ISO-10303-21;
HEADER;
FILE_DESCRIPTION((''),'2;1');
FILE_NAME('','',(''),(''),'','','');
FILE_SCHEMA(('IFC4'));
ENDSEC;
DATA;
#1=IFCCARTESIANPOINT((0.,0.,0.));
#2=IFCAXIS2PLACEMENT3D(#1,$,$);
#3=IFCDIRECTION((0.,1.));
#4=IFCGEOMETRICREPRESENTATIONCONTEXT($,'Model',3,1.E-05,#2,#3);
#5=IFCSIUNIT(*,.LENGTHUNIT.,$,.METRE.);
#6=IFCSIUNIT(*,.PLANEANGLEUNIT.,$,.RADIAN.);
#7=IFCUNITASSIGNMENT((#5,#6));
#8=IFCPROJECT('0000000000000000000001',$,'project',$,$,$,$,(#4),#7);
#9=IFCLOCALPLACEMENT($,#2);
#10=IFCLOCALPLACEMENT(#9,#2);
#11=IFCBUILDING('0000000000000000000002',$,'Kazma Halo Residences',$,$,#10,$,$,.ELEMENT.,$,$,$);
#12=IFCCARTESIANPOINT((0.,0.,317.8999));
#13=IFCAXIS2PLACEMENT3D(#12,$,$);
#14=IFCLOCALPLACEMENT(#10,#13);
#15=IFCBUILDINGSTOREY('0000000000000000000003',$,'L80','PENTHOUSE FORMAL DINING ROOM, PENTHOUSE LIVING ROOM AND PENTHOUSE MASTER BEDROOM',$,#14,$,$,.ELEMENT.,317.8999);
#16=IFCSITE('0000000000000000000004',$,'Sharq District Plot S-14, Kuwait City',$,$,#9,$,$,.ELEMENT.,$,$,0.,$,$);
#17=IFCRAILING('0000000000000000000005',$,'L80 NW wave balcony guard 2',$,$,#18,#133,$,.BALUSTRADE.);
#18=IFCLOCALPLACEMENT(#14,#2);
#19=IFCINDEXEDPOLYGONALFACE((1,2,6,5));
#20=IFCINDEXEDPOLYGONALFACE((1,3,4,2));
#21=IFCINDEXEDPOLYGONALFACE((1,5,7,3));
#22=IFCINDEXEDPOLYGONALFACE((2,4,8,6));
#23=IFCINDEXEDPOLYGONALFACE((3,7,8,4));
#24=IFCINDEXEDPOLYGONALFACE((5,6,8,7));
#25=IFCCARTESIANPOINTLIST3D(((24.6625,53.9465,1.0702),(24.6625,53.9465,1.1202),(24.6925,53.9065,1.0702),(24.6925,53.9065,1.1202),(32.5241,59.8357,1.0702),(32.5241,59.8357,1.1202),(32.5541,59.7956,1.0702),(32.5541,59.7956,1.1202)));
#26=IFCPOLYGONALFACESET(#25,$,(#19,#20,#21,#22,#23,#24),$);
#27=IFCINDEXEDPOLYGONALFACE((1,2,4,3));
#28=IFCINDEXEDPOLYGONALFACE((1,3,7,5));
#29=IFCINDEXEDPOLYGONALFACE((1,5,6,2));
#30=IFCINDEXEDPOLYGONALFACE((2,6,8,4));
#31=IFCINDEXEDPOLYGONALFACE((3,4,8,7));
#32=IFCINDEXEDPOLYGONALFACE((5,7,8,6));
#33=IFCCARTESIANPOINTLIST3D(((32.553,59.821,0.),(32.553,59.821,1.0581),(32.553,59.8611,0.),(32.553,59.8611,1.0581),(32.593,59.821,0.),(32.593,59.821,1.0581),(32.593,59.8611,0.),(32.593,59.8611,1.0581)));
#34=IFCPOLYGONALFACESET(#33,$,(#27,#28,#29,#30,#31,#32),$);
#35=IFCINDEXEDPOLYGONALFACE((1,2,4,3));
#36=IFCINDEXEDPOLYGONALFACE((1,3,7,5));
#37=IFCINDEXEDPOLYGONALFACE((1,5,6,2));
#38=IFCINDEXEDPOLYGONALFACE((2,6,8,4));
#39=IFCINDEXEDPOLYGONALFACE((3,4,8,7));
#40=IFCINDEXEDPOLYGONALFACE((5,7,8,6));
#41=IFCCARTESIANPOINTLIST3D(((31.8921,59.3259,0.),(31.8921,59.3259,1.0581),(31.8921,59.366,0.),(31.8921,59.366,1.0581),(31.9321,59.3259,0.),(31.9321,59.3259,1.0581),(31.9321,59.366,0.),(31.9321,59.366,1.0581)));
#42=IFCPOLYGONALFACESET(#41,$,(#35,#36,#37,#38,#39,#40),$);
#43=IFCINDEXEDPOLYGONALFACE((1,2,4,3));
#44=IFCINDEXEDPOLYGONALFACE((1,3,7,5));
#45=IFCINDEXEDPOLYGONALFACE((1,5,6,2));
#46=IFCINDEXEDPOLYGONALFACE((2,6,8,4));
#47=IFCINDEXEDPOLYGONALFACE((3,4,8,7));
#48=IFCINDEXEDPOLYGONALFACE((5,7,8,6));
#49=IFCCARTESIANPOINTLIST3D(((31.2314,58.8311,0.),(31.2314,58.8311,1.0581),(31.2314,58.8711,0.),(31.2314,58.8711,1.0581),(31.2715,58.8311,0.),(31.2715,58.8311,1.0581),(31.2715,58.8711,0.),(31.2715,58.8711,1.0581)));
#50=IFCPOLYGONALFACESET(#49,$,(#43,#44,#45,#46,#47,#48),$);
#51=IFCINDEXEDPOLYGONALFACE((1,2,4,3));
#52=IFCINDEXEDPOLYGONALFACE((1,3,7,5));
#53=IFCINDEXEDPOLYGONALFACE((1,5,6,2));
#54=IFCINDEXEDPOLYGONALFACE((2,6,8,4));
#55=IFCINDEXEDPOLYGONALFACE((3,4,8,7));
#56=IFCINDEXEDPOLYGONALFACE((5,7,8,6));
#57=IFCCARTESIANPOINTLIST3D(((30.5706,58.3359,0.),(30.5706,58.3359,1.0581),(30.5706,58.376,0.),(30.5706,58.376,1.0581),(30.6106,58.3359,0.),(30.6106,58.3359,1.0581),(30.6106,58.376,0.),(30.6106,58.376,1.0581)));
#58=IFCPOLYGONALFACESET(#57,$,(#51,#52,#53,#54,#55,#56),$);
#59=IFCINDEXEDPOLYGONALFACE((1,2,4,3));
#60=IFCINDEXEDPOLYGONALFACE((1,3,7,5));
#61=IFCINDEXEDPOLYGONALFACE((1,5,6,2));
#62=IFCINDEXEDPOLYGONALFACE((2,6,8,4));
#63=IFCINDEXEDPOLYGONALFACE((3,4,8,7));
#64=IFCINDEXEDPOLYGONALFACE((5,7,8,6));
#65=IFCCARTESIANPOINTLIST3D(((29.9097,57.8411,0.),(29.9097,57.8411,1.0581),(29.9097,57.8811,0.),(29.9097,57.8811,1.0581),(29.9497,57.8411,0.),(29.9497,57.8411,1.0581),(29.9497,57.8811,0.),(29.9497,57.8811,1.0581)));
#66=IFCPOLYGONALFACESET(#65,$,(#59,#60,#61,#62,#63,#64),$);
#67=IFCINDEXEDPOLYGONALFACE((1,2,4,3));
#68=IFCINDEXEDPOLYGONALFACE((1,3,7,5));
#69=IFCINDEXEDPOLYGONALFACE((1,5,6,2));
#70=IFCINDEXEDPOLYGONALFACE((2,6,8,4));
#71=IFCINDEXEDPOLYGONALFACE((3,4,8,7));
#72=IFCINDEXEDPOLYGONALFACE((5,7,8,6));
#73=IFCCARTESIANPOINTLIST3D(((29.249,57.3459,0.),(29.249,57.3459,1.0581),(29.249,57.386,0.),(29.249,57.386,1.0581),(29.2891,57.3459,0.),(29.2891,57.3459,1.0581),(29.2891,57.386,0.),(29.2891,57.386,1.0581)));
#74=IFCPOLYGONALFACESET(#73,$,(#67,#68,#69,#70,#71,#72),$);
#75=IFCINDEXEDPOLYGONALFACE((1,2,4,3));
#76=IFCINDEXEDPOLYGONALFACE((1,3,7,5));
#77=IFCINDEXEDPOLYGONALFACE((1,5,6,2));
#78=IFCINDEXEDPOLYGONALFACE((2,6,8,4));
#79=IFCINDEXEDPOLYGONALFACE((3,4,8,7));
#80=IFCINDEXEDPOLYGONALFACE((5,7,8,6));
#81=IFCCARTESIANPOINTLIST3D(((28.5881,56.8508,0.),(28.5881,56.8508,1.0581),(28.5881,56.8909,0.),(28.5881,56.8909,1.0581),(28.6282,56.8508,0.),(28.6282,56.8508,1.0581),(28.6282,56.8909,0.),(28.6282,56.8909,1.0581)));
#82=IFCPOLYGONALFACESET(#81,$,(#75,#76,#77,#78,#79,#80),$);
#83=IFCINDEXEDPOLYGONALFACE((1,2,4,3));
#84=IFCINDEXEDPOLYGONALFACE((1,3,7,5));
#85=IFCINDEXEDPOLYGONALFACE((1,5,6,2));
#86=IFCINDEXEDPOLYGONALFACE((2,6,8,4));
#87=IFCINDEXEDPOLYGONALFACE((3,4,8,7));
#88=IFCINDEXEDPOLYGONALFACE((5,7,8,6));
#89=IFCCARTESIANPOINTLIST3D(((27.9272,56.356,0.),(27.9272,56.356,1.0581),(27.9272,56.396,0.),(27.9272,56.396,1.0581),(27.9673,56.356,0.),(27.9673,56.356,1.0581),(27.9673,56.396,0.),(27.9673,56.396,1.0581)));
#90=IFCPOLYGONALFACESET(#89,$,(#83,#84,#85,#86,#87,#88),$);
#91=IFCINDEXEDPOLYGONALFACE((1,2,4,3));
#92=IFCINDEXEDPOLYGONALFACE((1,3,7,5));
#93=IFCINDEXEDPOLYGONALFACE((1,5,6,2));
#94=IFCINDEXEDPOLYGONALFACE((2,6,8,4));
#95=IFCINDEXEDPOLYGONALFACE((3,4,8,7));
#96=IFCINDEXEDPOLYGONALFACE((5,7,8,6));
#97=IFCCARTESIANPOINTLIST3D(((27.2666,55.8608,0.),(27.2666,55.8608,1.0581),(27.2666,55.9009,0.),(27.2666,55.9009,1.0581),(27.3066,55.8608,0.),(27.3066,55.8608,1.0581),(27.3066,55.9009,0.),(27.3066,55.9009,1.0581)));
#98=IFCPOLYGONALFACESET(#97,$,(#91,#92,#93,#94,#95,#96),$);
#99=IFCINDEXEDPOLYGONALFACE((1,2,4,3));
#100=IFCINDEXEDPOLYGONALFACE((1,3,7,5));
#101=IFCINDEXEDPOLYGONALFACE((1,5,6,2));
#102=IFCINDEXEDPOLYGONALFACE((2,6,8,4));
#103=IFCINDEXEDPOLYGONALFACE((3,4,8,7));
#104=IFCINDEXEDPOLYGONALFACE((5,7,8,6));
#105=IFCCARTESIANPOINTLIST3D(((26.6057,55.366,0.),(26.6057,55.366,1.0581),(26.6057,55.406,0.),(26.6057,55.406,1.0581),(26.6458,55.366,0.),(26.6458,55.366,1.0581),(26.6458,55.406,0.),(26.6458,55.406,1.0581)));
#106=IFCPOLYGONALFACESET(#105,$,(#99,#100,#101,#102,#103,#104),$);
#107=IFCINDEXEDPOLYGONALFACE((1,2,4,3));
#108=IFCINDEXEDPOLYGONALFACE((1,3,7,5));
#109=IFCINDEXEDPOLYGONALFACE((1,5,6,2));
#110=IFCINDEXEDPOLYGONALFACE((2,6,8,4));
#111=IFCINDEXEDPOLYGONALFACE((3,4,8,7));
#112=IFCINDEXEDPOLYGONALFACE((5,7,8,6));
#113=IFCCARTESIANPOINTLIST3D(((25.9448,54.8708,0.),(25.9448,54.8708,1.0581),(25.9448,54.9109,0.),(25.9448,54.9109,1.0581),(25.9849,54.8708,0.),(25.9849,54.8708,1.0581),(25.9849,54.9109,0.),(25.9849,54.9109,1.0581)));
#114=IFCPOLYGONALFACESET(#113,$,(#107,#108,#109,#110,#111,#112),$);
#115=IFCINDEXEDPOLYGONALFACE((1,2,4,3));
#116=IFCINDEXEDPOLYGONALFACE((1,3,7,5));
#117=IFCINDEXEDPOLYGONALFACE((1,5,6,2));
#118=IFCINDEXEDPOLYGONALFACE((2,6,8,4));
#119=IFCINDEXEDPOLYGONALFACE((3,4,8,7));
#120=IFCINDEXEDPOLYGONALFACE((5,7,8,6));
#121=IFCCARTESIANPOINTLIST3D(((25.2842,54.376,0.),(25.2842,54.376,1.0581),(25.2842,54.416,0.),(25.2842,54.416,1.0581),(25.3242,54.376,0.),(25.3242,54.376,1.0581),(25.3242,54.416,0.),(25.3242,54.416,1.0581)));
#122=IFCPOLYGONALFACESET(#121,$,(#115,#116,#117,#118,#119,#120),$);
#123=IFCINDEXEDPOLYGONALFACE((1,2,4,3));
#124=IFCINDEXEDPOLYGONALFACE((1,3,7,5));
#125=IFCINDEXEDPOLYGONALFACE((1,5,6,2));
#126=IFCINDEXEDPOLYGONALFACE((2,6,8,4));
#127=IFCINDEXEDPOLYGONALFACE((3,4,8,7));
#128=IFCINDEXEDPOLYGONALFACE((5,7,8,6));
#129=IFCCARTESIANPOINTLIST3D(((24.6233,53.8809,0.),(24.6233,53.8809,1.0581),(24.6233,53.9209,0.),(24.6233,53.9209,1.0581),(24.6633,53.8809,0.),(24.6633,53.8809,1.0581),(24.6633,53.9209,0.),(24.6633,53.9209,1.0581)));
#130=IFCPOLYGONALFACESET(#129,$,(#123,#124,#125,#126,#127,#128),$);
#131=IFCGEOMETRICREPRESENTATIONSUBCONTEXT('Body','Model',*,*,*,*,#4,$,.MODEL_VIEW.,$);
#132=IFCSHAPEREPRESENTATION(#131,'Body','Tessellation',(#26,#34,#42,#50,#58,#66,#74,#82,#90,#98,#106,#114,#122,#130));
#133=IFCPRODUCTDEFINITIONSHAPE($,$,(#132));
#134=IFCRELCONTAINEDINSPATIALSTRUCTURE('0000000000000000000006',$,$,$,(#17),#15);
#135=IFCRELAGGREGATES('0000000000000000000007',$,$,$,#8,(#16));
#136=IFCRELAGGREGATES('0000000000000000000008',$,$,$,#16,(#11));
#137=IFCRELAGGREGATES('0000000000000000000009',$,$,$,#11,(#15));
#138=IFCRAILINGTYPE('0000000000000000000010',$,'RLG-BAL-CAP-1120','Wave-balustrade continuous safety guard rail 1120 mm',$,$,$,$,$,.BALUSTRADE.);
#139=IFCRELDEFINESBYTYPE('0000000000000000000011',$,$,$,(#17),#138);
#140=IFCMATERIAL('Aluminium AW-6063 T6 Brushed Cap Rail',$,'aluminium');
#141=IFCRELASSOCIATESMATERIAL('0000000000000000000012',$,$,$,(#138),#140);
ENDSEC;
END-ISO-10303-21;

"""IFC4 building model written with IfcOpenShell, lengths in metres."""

from ifc_helpers import new_model, si_unit, direction, frame, origin, origin_2d, place, context, subcontext, project, spatial, rectangle, extrude, material, type_object, element, save


model = new_model("IFC4")

# Units and contexts
model_context = context("Model", 3, precision=1e-05, world=origin(), true_north=direction((0.0, 1.0)))
body_context = subcontext(model_context, "Body", "Model", "MODEL_VIEW")
ifc_project = project(units=[si_unit("LENGTHUNIT", "METRE"), si_unit("PLANEANGLEUNIT", "RADIAN")], contexts=[model_context])

# Site, building, storey
site_placement = place(None, origin())
site = spatial("IfcSite", under=ifc_project, at=site_placement, Name="Sharq District Plot S-14, Kuwait City", CompositionType="ELEMENT", RefElevation=0.0)
building_placement = place(site_placement, origin())
building = spatial("IfcBuilding", under=site, at=building_placement, Name="Kazma Halo Residences", CompositionType="ELEMENT")
storey_placement = place(building_placement, frame((0.0, 0.0, 317.8999)))
storey = spatial("IfcBuildingStorey", under=building, at=storey_placement, Name="L80", Description="PENTHOUSE FORMAL DINING ROOM, PENTHOUSE LIVING ROOM AND PENTHOUSE MASTER BEDROOM", CompositionType="ELEMENT", Elevation=317.8999)

# Railing
ifc_material_1 = material(Name="Aluminium AW-6063 T6 Brushed Cap Rail", Category="aluminium")
railing_type = type_object("IfcRailingType", Name="RLG-BAL-CAP-1120", Description="Wave-balustrade continuous safety guard rail 1120 mm", PredefinedType="BALUSTRADE", material=ifc_material_1)
railing_1_placement = place(storey_placement, frame((32.573, 59.8411, 0.0)))
element("IfcRailing", 1, at=railing_1_placement, inside=storey, type_object=railing_type, Name="L80 NW wave balcony guard 2", PredefinedType="BALUSTRADE", context=body_context, shape_type="SweptSolid", body=[
    extrude(rectangle(XDim=0.05, YDim=0.05, at=origin_2d()), frame((-0.0339, -0.0254, 1.0952), z_axis=(-0.800343, -0.599543, 0.0), x_axis=(0.599543, -0.800343, 0.0)), (0.0, 0.0, 1.0), 9.8228),
    extrude(rectangle(XDim=0.04, YDim=0.04, at=origin_2d()), origin(), (0.0, 0.0, 1.0), 1.0581),
    extrude(rectangle(XDim=0.04, YDim=0.04, at=origin_2d()), frame((-0.6609, -0.4951, 0.0)), (0.0, 0.0, 1.0), 1.0581),
    extrude(rectangle(XDim=0.04, YDim=0.04, at=origin_2d()), frame((-1.3215, -0.99, 0.0)), (0.0, 0.0, 1.0), 1.0581),
    extrude(rectangle(XDim=0.04, YDim=0.04, at=origin_2d()), frame((-1.9824, -1.4851, 0.0)), (0.0, 0.0, 1.0), 1.0581),
    extrude(rectangle(XDim=0.04, YDim=0.04, at=origin_2d()), frame((-2.6433, -1.98, 0.0)), (0.0, 0.0, 1.0), 1.0581),
    extrude(rectangle(XDim=0.04, YDim=0.04, at=origin_2d()), frame((-3.304, -2.4751, 0.0)), (0.0, 0.0, 1.0), 1.0581),
    extrude(rectangle(XDim=0.04, YDim=0.04, at=origin_2d()), frame((-3.9648, -2.9702, 0.0)), (0.0, 0.0, 1.0), 1.0581),
    extrude(rectangle(XDim=0.04, YDim=0.04, at=origin_2d()), frame((-4.6257, -3.4651, 0.0)), (0.0, 0.0, 1.0), 1.0581),
    extrude(rectangle(XDim=0.04, YDim=0.04, at=origin_2d()), frame((-5.2864, -3.9602, 0.0)), (0.0, 0.0, 1.0), 1.0581),
    extrude(rectangle(XDim=0.04, YDim=0.04, at=origin_2d()), frame((-5.9473, -4.4551, 0.0)), (0.0, 0.0, 1.0), 1.0581),
    extrude(rectangle(XDim=0.04, YDim=0.04, at=origin_2d()), frame((-6.6082, -4.9502, 0.0)), (0.0, 0.0, 1.0), 1.0581),
    extrude(rectangle(XDim=0.04, YDim=0.04, at=origin_2d()), frame((-7.2688, -5.4451, 0.0)), (0.0, 0.0, 1.0), 1.0581),
    extrude(rectangle(XDim=0.04, YDim=0.04, at=origin_2d()), frame((-7.9297, -5.9402, 0.0)), (0.0, 0.0, 1.0), 1.0581),
])

save(model, "model.ifc")
